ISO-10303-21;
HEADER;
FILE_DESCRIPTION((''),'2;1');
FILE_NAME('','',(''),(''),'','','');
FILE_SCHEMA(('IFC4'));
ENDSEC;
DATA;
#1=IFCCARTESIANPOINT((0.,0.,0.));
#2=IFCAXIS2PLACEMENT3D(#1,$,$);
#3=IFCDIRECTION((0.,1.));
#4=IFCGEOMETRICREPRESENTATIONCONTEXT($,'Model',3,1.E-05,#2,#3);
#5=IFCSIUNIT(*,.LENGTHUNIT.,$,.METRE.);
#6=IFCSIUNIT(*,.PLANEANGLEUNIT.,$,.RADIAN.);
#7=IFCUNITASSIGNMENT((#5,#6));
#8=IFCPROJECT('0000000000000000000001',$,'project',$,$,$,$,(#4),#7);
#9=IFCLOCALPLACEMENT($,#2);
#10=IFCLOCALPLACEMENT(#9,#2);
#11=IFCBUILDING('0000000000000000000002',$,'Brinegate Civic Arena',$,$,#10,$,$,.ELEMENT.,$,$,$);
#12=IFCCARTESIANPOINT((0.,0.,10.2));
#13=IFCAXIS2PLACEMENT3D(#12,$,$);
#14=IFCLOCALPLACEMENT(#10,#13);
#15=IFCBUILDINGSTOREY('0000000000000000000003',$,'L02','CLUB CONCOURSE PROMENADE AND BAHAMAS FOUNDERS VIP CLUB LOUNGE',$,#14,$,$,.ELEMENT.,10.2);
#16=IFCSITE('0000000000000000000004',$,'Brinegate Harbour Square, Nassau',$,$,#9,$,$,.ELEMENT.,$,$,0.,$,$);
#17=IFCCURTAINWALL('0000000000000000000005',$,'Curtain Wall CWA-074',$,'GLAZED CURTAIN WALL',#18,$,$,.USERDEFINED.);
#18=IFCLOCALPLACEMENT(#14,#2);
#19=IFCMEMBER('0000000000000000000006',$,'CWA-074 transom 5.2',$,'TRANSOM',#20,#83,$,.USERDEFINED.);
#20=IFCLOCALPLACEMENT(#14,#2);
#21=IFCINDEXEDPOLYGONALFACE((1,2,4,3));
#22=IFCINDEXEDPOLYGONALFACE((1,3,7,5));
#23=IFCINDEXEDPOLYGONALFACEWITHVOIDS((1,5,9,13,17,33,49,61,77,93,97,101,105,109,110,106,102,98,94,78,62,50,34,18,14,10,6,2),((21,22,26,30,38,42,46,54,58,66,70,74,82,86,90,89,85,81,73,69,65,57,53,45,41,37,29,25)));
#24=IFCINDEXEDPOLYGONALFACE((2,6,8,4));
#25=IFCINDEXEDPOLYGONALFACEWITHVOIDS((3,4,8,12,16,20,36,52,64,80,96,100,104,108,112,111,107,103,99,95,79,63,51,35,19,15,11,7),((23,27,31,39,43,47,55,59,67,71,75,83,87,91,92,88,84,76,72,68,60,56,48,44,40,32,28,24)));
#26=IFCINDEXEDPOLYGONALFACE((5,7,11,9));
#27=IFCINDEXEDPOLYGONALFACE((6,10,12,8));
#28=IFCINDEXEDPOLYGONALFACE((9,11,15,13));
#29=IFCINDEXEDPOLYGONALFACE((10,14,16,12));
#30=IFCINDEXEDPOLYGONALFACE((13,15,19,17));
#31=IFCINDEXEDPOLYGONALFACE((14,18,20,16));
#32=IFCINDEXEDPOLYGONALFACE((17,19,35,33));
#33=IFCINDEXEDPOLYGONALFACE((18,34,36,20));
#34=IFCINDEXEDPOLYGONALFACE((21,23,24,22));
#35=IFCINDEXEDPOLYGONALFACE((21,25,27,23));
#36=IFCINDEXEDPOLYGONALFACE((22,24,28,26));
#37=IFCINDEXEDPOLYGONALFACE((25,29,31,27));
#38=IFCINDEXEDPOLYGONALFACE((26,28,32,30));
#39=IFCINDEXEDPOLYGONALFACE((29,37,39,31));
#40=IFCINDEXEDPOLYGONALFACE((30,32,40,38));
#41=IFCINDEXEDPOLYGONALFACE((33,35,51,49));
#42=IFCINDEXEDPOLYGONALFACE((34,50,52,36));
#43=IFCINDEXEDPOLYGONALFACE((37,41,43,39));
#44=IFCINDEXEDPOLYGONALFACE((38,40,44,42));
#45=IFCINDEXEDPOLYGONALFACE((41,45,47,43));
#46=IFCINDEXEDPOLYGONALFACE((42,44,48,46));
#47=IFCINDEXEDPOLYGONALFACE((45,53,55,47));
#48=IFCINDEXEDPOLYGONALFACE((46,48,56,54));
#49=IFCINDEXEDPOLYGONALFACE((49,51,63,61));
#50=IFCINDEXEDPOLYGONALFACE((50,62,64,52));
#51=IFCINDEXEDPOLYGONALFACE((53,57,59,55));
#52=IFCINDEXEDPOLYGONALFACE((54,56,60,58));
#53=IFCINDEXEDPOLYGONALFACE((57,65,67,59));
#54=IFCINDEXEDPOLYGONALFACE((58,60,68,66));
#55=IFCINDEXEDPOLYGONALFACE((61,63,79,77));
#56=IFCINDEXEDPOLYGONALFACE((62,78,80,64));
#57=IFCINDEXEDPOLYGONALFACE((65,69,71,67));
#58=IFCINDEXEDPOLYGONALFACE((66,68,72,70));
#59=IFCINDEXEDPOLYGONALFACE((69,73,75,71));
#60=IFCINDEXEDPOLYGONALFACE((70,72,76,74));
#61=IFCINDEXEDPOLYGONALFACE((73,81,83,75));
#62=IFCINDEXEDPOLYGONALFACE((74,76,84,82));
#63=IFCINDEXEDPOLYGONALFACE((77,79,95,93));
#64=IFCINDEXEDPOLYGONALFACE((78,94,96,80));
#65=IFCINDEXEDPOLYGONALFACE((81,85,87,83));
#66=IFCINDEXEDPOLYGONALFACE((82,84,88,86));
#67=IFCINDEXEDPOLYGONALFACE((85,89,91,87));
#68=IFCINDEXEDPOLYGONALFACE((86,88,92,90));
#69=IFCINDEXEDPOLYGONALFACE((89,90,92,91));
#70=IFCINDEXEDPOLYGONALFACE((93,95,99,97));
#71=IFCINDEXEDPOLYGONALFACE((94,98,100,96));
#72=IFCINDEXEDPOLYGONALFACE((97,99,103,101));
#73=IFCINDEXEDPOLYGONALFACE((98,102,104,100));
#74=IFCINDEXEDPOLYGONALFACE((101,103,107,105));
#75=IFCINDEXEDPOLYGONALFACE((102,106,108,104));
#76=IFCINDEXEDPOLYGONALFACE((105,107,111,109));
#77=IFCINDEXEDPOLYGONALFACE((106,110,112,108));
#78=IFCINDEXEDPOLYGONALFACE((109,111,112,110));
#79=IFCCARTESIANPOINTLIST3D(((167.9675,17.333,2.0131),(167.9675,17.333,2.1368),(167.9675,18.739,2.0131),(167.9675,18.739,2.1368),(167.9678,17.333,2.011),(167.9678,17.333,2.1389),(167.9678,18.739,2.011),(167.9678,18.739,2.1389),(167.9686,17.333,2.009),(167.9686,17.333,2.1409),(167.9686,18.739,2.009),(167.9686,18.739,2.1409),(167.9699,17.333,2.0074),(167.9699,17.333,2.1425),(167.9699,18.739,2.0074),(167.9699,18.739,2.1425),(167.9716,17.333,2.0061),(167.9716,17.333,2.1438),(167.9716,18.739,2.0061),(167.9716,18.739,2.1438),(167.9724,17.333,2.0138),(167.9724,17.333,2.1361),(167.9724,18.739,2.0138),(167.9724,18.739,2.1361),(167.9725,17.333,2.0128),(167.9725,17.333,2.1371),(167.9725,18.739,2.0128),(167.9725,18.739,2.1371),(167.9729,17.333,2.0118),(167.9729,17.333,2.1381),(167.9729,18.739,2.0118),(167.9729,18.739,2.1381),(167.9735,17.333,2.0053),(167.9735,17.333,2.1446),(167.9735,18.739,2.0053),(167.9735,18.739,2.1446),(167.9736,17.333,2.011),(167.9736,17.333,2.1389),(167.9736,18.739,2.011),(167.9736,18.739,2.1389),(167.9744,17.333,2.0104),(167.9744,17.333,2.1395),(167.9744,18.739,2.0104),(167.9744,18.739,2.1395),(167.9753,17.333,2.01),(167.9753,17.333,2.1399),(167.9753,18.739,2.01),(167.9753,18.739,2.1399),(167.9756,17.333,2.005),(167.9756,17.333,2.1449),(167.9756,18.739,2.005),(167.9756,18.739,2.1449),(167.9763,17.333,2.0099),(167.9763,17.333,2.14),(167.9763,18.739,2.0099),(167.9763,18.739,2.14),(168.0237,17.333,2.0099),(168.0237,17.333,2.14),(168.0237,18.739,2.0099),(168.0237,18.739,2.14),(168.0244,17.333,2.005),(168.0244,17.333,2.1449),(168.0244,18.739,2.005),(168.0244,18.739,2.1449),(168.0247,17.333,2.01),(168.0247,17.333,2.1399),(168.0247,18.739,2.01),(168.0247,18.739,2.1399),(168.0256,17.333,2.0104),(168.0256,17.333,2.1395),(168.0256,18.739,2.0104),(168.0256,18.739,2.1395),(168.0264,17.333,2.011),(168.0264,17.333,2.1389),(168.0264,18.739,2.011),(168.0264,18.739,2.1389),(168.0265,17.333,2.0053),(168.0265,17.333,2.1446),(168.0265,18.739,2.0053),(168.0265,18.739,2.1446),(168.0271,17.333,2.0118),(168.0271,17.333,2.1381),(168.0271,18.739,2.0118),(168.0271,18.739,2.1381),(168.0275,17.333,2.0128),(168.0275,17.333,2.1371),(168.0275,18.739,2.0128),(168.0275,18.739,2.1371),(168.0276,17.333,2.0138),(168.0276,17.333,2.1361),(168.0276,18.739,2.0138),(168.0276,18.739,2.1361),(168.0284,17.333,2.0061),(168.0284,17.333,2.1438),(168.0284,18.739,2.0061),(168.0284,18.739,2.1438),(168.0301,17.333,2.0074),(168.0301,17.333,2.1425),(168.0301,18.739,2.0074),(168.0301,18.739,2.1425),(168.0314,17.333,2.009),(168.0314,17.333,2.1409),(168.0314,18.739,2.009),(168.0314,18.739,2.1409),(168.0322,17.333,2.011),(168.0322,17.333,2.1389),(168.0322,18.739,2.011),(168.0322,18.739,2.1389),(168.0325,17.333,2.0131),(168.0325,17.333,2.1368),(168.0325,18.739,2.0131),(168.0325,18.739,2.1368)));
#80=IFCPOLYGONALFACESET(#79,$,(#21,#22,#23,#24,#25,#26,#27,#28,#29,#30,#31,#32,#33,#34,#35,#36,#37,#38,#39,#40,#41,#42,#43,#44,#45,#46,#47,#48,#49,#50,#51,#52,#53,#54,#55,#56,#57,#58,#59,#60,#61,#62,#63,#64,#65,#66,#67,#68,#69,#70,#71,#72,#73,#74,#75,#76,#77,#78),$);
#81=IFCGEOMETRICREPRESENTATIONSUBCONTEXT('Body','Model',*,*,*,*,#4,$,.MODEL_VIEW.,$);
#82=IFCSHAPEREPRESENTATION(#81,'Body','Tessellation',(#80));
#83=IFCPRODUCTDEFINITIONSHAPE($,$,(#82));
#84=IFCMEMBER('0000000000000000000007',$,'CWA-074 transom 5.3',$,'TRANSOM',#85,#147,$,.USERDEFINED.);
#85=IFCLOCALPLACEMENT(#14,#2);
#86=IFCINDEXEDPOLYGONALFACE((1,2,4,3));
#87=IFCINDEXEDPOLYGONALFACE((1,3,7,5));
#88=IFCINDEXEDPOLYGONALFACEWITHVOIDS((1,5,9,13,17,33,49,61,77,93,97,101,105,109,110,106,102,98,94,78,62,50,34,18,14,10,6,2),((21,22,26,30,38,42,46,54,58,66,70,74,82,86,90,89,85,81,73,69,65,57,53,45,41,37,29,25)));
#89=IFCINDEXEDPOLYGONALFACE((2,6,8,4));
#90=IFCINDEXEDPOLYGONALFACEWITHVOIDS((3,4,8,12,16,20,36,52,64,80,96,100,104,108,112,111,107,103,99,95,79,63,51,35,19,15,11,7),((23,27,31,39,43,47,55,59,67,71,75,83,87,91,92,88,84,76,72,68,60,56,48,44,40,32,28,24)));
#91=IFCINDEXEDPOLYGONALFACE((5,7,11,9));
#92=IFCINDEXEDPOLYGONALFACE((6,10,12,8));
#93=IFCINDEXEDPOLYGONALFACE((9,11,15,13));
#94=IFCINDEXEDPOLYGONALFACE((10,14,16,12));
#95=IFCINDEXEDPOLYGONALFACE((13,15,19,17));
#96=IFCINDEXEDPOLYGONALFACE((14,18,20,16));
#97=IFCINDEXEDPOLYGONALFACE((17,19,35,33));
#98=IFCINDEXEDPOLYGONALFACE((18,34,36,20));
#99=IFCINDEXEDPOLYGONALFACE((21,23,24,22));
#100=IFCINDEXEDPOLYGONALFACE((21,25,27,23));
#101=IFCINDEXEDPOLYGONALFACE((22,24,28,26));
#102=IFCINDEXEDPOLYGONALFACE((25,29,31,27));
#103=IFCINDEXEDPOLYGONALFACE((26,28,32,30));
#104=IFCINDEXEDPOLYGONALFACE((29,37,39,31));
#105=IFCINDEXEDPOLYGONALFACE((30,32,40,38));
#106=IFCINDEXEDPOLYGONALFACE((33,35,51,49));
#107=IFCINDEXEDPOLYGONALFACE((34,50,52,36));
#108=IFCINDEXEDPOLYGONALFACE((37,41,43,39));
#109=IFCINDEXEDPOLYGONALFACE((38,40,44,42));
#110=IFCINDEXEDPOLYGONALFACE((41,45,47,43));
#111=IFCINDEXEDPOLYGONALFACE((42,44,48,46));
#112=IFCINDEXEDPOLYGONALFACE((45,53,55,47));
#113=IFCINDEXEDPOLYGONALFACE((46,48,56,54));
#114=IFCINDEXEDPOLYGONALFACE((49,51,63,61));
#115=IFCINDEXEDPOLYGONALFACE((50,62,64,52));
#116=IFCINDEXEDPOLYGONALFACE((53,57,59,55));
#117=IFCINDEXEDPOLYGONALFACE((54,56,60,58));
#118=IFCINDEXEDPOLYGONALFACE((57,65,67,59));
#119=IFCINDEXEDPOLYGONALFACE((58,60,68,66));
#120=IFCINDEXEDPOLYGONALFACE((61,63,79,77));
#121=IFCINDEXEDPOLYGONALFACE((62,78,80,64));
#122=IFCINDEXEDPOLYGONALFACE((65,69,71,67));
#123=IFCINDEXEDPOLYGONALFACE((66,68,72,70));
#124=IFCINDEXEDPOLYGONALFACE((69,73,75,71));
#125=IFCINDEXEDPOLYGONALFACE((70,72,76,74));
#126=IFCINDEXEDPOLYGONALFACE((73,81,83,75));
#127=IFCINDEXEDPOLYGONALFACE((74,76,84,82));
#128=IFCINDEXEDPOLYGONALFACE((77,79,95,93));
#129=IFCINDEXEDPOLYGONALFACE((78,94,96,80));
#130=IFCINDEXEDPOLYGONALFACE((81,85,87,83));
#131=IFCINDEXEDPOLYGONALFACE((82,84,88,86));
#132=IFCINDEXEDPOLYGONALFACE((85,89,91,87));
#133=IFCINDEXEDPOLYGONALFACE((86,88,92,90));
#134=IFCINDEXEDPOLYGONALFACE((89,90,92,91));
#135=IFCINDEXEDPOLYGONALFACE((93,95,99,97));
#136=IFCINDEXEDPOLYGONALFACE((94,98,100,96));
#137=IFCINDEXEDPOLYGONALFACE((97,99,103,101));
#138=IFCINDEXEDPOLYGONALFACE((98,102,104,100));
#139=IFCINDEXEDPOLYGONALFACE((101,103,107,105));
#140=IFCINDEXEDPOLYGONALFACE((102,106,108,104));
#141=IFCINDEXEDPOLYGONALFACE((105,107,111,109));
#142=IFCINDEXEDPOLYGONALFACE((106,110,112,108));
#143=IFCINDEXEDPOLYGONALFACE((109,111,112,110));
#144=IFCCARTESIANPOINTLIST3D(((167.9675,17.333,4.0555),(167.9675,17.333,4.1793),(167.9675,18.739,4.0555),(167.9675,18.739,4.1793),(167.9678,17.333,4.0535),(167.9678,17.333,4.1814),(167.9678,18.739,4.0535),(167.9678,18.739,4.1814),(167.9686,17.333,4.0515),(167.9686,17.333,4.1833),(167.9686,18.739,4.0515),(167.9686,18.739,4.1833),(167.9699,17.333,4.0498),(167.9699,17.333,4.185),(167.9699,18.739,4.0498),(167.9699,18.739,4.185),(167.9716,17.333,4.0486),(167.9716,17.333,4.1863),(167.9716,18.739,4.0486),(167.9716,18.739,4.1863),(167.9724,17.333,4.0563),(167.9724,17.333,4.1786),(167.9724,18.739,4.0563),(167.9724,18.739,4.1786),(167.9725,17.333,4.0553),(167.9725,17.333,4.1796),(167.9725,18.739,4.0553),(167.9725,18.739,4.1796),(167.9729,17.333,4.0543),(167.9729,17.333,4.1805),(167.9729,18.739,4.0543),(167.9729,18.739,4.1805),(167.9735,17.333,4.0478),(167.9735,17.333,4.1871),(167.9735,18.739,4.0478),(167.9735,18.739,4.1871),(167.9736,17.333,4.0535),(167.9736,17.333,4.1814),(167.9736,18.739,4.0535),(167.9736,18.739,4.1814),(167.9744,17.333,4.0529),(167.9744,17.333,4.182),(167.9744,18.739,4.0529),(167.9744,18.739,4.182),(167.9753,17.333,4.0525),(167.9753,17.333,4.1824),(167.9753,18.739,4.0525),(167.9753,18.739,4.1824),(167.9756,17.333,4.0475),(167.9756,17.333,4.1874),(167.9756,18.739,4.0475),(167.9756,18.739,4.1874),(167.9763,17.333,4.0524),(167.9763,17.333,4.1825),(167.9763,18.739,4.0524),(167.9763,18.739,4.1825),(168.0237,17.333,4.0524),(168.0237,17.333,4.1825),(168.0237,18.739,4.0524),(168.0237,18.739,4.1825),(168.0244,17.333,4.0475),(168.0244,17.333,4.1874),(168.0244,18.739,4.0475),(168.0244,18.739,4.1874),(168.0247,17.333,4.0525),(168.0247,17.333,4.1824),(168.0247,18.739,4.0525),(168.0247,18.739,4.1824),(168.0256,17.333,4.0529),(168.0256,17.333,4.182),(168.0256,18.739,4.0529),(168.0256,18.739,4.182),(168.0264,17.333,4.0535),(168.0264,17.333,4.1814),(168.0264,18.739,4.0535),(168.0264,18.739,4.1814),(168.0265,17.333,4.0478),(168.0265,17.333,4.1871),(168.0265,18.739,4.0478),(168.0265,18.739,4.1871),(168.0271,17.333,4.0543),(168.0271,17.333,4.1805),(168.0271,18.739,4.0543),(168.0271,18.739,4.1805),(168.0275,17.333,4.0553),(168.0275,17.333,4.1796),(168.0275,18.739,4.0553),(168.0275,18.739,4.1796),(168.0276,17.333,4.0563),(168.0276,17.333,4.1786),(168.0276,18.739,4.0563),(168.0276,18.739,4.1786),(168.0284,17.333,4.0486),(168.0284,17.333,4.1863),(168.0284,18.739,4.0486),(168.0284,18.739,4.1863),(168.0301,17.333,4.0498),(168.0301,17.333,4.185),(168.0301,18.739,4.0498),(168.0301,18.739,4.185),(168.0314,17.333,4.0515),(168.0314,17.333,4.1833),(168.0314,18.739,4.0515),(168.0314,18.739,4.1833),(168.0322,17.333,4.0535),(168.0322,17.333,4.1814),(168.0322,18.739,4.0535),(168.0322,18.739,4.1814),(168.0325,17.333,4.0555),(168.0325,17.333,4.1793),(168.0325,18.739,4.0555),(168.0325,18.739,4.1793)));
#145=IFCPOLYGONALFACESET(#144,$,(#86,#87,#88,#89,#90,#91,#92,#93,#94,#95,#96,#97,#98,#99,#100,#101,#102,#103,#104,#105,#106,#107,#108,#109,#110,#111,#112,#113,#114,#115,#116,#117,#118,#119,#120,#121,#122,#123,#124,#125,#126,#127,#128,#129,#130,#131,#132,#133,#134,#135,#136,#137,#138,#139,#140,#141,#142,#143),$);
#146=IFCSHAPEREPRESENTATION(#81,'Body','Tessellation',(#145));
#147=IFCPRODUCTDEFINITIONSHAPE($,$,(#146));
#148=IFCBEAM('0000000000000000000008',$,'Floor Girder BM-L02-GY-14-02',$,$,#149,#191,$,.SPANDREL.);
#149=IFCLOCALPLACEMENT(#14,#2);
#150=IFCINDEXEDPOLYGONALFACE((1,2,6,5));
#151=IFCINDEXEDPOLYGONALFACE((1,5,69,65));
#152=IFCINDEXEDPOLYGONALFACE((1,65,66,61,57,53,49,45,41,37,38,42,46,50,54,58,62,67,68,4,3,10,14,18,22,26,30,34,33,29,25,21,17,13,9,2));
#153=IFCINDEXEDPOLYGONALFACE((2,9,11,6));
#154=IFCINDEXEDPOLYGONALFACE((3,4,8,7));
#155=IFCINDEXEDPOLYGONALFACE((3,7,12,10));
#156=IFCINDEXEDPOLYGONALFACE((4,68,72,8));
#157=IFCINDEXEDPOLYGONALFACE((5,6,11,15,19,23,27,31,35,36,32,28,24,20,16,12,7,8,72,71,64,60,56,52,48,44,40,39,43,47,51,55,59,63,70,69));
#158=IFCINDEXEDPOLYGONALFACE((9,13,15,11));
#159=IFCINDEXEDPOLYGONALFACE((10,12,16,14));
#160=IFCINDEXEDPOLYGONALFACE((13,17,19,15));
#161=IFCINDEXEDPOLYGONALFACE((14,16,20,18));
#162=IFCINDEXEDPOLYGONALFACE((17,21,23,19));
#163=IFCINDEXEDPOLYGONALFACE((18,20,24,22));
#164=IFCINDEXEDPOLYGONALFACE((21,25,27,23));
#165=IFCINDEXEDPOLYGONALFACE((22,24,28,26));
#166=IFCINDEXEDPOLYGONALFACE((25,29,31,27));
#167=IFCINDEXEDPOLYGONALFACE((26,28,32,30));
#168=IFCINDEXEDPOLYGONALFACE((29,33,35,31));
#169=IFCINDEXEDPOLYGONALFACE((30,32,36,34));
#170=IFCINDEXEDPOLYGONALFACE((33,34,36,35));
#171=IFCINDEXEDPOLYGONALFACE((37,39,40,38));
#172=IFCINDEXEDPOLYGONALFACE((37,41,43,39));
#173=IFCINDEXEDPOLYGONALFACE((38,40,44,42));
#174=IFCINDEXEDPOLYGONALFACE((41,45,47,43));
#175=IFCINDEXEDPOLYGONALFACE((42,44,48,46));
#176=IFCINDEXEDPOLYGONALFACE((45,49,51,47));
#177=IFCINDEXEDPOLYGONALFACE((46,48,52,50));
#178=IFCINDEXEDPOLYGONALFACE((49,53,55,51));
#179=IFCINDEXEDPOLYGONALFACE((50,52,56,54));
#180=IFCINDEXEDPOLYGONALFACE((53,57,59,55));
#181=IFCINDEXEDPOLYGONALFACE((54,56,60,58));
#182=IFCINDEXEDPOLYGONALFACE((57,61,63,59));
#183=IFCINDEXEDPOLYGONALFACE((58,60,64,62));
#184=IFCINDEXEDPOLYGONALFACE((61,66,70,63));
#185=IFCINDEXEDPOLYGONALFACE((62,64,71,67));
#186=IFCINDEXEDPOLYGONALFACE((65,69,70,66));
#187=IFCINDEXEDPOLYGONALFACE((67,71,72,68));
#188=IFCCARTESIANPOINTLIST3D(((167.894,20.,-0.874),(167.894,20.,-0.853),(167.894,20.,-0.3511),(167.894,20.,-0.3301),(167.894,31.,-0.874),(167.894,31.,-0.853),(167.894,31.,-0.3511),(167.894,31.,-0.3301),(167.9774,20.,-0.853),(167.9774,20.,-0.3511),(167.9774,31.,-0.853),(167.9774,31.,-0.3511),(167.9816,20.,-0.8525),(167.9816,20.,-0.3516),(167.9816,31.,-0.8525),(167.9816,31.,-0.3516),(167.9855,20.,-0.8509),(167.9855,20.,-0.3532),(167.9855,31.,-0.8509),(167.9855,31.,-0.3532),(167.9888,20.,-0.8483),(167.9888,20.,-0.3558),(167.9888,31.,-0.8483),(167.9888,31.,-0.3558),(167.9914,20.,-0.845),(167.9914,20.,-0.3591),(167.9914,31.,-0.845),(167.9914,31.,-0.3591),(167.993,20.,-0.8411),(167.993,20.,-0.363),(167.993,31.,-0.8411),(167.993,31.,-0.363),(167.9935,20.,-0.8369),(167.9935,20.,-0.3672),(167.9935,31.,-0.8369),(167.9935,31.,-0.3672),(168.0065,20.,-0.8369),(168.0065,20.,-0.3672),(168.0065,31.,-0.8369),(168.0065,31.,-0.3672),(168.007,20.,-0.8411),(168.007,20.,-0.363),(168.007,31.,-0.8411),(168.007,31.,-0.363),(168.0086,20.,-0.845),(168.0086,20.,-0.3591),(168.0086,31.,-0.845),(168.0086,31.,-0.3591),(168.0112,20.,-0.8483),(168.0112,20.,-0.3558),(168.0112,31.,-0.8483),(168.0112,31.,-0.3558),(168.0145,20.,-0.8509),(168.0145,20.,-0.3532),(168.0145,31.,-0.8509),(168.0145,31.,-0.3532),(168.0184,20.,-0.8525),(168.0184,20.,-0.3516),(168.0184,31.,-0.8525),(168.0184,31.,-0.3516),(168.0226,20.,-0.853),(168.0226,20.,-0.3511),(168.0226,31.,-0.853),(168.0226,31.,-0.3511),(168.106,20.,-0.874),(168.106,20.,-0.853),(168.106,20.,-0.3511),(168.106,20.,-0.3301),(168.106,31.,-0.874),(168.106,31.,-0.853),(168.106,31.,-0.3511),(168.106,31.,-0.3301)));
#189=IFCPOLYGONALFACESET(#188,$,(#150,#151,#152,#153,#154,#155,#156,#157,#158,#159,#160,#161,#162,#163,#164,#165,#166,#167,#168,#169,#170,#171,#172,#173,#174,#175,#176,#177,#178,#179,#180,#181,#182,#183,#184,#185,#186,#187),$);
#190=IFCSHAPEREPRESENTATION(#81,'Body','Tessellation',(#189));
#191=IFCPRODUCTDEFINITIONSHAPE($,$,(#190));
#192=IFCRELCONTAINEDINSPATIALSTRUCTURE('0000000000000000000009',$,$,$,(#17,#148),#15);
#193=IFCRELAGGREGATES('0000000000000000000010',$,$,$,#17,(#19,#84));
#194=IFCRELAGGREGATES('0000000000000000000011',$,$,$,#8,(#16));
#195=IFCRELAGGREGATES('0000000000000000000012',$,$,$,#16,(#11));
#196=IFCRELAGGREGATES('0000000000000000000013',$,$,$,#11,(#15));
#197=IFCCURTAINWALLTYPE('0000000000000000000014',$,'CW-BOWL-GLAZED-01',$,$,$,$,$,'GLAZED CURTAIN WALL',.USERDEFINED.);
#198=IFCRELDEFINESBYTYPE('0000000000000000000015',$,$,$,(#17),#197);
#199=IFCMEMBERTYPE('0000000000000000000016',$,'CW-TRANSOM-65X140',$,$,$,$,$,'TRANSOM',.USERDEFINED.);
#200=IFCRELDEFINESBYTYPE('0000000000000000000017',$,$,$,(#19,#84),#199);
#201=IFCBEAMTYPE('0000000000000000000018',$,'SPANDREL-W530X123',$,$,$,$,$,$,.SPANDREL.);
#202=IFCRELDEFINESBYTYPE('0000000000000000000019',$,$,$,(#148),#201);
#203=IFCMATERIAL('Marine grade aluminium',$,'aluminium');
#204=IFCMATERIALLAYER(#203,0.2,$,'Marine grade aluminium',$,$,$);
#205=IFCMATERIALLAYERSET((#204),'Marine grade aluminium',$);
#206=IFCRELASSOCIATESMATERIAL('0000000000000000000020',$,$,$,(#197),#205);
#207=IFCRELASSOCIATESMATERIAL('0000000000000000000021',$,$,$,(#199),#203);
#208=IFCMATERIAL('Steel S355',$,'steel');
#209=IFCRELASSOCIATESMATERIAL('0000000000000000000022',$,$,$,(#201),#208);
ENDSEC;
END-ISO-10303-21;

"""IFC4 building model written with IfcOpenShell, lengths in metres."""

from ifc_helpers import new_model, si_unit, direction, frame, origin, origin_2d, place, context, subcontext, project, spatial, hollow_rectangle, i_section, extrude, material, layer, layer_set, material_profile, profile_set, type_object, element, aggregate, save


model = new_model("IFC4")

# Units and contexts
model_context = context("Model", 3, precision=1e-05, world=origin(), true_north=direction((0.0, 1.0)))
body_context = subcontext(model_context, "Body", "Model", "MODEL_VIEW")
ifc_project = project(units=[si_unit("LENGTHUNIT", "METRE"), si_unit("PLANEANGLEUNIT", "RADIAN")], contexts=[model_context])

# Site, building, storey
site_placement = place(None, origin())
site = spatial("IfcSite", under=ifc_project, at=site_placement, Name="Brinegate Harbour Square, Nassau", CompositionType="ELEMENT", RefElevation=0.0)
building_placement = place(site_placement, origin())
building = spatial("IfcBuilding", under=site, at=building_placement, Name="Brinegate Civic Arena", CompositionType="ELEMENT")
storey_placement = place(building_placement, frame((0.0, 0.0, 10.2)))
storey = spatial("IfcBuildingStorey", under=building, at=storey_placement, Name="L02", Description="CLUB CONCOURSE PROMENADE AND BAHAMAS FOUNDERS VIP CLUB LOUNGE", CompositionType="ELEMENT", Elevation=10.2)

# Shared definitions
ifc_material_1 = material(Name="Marine grade aluminium", Category="aluminium")
ifc_layer_1 = layer(ifc_material_1, 0.2, Name="Marine grade aluminium")
ifc_layer_set_1 = layer_set([ifc_layer_1], Name="Marine grade aluminium")
curtain_wall_type = type_object("IfcCurtainWallType", Name="CW-BOWL-GLAZED-01", ElementType="GLAZED CURTAIN WALL", PredefinedType="USERDEFINED", material=ifc_layer_set_1)

# Curtain wall, members
curtain_wall_1_placement = place(storey_placement, origin())
curtain_wall_1 = element("IfcCurtainWall", 1, at=curtain_wall_1_placement, inside=storey, type_object=curtain_wall_type, Name="Curtain Wall CWA-074", ObjectType="GLAZED CURTAIN WALL", PredefinedType="USERDEFINED")
ifc_material_profile_1 = material_profile(ifc_material_1, hollow_rectangle(XDim=0.0649, YDim=0.1399, WallThickness=0.0049, InnerFilletRadius=0.0039, OuterFilletRadius=0.0081, at=origin_2d()), Name="TRN65X140")
ifc_profile_set_1 = profile_set([ifc_material_profile_1], Name="Marine grade aluminium")
member_type_1 = type_object("IfcMemberType", Name="CW-TRANSOM-65X140", ElementType="TRANSOM", PredefinedType="USERDEFINED", material=ifc_profile_set_1)
member_1_placement = place(storey_placement, frame((168.0, 17.333, 2.075), z_axis=(0.0, 1.0, 0.0), x_axis=(-1.0, 0.0, 0.0)))
member_1 = element("IfcMember", 2, at=member_1_placement, type_object=member_type_1, Name="CWA-074 transom 5.2", ObjectType="TRANSOM", PredefinedType="USERDEFINED", context=body_context, shape_type="SweptSolid", body=[
    extrude(hollow_rectangle(XDim=0.0649, YDim=0.1399, WallThickness=0.0049, InnerFilletRadius=0.0039, OuterFilletRadius=0.0081, at=origin_2d()), origin(), (0.0, 0.0, 1.0), 1.406),
])
member_2_placement = place(storey_placement, frame((168.0, 17.333, 4.1174), z_axis=(0.0, 1.0, 0.0), x_axis=(-1.0, 0.0, 0.0)))
member_2 = element("IfcMember", 3, at=member_2_placement, type_object=member_type_1, Name="CWA-074 transom 5.3", ObjectType="TRANSOM", PredefinedType="USERDEFINED", context=body_context, shape_type="SweptSolid", body=[
    extrude(hollow_rectangle(XDim=0.0649, YDim=0.1399, WallThickness=0.0049, InnerFilletRadius=0.0039, OuterFilletRadius=0.0081, at=origin_2d()), origin(), (0.0, 0.0, 1.0), 1.406),
])

# Beam
ifc_material_2 = material(Name="Steel S355", Category="steel")
ifc_material_profile_2 = material_profile(ifc_material_2, i_section(OverallWidth=0.2119, OverallDepth=0.5439, WebThickness=0.0129, FlangeThickness=0.021, FilletRadius=0.0161, at=origin_2d()), Name="W530X123")
ifc_profile_set_2 = profile_set([ifc_material_profile_2], Name="Steel S355")
beam_type_1 = type_object("IfcBeamType", Name="SPANDREL-W530X123", PredefinedType="SPANDREL", material=ifc_profile_set_2)
beam_1_placement = place(storey_placement, frame((168.0, 20.0, -0.6021), z_axis=(0.0, 1.0, 0.0), x_axis=(-1.0, 0.0, 0.0)))
element("IfcBeam", 4, at=beam_1_placement, inside=storey, type_object=beam_type_1, Name="Floor Girder BM-L02-GY-14-02", PredefinedType="SPANDREL", context=body_context, shape_type="SweptSolid", body=[
    extrude(i_section(OverallWidth=0.2119, OverallDepth=0.5439, WebThickness=0.0129, FlangeThickness=0.021, FilletRadius=0.0161, at=origin_2d()), origin(), (0.0, 0.0, 1.0), 11.0),
])

aggregate(curtain_wall_1, [member_1, member_2])

save(model, "model.ifc")
